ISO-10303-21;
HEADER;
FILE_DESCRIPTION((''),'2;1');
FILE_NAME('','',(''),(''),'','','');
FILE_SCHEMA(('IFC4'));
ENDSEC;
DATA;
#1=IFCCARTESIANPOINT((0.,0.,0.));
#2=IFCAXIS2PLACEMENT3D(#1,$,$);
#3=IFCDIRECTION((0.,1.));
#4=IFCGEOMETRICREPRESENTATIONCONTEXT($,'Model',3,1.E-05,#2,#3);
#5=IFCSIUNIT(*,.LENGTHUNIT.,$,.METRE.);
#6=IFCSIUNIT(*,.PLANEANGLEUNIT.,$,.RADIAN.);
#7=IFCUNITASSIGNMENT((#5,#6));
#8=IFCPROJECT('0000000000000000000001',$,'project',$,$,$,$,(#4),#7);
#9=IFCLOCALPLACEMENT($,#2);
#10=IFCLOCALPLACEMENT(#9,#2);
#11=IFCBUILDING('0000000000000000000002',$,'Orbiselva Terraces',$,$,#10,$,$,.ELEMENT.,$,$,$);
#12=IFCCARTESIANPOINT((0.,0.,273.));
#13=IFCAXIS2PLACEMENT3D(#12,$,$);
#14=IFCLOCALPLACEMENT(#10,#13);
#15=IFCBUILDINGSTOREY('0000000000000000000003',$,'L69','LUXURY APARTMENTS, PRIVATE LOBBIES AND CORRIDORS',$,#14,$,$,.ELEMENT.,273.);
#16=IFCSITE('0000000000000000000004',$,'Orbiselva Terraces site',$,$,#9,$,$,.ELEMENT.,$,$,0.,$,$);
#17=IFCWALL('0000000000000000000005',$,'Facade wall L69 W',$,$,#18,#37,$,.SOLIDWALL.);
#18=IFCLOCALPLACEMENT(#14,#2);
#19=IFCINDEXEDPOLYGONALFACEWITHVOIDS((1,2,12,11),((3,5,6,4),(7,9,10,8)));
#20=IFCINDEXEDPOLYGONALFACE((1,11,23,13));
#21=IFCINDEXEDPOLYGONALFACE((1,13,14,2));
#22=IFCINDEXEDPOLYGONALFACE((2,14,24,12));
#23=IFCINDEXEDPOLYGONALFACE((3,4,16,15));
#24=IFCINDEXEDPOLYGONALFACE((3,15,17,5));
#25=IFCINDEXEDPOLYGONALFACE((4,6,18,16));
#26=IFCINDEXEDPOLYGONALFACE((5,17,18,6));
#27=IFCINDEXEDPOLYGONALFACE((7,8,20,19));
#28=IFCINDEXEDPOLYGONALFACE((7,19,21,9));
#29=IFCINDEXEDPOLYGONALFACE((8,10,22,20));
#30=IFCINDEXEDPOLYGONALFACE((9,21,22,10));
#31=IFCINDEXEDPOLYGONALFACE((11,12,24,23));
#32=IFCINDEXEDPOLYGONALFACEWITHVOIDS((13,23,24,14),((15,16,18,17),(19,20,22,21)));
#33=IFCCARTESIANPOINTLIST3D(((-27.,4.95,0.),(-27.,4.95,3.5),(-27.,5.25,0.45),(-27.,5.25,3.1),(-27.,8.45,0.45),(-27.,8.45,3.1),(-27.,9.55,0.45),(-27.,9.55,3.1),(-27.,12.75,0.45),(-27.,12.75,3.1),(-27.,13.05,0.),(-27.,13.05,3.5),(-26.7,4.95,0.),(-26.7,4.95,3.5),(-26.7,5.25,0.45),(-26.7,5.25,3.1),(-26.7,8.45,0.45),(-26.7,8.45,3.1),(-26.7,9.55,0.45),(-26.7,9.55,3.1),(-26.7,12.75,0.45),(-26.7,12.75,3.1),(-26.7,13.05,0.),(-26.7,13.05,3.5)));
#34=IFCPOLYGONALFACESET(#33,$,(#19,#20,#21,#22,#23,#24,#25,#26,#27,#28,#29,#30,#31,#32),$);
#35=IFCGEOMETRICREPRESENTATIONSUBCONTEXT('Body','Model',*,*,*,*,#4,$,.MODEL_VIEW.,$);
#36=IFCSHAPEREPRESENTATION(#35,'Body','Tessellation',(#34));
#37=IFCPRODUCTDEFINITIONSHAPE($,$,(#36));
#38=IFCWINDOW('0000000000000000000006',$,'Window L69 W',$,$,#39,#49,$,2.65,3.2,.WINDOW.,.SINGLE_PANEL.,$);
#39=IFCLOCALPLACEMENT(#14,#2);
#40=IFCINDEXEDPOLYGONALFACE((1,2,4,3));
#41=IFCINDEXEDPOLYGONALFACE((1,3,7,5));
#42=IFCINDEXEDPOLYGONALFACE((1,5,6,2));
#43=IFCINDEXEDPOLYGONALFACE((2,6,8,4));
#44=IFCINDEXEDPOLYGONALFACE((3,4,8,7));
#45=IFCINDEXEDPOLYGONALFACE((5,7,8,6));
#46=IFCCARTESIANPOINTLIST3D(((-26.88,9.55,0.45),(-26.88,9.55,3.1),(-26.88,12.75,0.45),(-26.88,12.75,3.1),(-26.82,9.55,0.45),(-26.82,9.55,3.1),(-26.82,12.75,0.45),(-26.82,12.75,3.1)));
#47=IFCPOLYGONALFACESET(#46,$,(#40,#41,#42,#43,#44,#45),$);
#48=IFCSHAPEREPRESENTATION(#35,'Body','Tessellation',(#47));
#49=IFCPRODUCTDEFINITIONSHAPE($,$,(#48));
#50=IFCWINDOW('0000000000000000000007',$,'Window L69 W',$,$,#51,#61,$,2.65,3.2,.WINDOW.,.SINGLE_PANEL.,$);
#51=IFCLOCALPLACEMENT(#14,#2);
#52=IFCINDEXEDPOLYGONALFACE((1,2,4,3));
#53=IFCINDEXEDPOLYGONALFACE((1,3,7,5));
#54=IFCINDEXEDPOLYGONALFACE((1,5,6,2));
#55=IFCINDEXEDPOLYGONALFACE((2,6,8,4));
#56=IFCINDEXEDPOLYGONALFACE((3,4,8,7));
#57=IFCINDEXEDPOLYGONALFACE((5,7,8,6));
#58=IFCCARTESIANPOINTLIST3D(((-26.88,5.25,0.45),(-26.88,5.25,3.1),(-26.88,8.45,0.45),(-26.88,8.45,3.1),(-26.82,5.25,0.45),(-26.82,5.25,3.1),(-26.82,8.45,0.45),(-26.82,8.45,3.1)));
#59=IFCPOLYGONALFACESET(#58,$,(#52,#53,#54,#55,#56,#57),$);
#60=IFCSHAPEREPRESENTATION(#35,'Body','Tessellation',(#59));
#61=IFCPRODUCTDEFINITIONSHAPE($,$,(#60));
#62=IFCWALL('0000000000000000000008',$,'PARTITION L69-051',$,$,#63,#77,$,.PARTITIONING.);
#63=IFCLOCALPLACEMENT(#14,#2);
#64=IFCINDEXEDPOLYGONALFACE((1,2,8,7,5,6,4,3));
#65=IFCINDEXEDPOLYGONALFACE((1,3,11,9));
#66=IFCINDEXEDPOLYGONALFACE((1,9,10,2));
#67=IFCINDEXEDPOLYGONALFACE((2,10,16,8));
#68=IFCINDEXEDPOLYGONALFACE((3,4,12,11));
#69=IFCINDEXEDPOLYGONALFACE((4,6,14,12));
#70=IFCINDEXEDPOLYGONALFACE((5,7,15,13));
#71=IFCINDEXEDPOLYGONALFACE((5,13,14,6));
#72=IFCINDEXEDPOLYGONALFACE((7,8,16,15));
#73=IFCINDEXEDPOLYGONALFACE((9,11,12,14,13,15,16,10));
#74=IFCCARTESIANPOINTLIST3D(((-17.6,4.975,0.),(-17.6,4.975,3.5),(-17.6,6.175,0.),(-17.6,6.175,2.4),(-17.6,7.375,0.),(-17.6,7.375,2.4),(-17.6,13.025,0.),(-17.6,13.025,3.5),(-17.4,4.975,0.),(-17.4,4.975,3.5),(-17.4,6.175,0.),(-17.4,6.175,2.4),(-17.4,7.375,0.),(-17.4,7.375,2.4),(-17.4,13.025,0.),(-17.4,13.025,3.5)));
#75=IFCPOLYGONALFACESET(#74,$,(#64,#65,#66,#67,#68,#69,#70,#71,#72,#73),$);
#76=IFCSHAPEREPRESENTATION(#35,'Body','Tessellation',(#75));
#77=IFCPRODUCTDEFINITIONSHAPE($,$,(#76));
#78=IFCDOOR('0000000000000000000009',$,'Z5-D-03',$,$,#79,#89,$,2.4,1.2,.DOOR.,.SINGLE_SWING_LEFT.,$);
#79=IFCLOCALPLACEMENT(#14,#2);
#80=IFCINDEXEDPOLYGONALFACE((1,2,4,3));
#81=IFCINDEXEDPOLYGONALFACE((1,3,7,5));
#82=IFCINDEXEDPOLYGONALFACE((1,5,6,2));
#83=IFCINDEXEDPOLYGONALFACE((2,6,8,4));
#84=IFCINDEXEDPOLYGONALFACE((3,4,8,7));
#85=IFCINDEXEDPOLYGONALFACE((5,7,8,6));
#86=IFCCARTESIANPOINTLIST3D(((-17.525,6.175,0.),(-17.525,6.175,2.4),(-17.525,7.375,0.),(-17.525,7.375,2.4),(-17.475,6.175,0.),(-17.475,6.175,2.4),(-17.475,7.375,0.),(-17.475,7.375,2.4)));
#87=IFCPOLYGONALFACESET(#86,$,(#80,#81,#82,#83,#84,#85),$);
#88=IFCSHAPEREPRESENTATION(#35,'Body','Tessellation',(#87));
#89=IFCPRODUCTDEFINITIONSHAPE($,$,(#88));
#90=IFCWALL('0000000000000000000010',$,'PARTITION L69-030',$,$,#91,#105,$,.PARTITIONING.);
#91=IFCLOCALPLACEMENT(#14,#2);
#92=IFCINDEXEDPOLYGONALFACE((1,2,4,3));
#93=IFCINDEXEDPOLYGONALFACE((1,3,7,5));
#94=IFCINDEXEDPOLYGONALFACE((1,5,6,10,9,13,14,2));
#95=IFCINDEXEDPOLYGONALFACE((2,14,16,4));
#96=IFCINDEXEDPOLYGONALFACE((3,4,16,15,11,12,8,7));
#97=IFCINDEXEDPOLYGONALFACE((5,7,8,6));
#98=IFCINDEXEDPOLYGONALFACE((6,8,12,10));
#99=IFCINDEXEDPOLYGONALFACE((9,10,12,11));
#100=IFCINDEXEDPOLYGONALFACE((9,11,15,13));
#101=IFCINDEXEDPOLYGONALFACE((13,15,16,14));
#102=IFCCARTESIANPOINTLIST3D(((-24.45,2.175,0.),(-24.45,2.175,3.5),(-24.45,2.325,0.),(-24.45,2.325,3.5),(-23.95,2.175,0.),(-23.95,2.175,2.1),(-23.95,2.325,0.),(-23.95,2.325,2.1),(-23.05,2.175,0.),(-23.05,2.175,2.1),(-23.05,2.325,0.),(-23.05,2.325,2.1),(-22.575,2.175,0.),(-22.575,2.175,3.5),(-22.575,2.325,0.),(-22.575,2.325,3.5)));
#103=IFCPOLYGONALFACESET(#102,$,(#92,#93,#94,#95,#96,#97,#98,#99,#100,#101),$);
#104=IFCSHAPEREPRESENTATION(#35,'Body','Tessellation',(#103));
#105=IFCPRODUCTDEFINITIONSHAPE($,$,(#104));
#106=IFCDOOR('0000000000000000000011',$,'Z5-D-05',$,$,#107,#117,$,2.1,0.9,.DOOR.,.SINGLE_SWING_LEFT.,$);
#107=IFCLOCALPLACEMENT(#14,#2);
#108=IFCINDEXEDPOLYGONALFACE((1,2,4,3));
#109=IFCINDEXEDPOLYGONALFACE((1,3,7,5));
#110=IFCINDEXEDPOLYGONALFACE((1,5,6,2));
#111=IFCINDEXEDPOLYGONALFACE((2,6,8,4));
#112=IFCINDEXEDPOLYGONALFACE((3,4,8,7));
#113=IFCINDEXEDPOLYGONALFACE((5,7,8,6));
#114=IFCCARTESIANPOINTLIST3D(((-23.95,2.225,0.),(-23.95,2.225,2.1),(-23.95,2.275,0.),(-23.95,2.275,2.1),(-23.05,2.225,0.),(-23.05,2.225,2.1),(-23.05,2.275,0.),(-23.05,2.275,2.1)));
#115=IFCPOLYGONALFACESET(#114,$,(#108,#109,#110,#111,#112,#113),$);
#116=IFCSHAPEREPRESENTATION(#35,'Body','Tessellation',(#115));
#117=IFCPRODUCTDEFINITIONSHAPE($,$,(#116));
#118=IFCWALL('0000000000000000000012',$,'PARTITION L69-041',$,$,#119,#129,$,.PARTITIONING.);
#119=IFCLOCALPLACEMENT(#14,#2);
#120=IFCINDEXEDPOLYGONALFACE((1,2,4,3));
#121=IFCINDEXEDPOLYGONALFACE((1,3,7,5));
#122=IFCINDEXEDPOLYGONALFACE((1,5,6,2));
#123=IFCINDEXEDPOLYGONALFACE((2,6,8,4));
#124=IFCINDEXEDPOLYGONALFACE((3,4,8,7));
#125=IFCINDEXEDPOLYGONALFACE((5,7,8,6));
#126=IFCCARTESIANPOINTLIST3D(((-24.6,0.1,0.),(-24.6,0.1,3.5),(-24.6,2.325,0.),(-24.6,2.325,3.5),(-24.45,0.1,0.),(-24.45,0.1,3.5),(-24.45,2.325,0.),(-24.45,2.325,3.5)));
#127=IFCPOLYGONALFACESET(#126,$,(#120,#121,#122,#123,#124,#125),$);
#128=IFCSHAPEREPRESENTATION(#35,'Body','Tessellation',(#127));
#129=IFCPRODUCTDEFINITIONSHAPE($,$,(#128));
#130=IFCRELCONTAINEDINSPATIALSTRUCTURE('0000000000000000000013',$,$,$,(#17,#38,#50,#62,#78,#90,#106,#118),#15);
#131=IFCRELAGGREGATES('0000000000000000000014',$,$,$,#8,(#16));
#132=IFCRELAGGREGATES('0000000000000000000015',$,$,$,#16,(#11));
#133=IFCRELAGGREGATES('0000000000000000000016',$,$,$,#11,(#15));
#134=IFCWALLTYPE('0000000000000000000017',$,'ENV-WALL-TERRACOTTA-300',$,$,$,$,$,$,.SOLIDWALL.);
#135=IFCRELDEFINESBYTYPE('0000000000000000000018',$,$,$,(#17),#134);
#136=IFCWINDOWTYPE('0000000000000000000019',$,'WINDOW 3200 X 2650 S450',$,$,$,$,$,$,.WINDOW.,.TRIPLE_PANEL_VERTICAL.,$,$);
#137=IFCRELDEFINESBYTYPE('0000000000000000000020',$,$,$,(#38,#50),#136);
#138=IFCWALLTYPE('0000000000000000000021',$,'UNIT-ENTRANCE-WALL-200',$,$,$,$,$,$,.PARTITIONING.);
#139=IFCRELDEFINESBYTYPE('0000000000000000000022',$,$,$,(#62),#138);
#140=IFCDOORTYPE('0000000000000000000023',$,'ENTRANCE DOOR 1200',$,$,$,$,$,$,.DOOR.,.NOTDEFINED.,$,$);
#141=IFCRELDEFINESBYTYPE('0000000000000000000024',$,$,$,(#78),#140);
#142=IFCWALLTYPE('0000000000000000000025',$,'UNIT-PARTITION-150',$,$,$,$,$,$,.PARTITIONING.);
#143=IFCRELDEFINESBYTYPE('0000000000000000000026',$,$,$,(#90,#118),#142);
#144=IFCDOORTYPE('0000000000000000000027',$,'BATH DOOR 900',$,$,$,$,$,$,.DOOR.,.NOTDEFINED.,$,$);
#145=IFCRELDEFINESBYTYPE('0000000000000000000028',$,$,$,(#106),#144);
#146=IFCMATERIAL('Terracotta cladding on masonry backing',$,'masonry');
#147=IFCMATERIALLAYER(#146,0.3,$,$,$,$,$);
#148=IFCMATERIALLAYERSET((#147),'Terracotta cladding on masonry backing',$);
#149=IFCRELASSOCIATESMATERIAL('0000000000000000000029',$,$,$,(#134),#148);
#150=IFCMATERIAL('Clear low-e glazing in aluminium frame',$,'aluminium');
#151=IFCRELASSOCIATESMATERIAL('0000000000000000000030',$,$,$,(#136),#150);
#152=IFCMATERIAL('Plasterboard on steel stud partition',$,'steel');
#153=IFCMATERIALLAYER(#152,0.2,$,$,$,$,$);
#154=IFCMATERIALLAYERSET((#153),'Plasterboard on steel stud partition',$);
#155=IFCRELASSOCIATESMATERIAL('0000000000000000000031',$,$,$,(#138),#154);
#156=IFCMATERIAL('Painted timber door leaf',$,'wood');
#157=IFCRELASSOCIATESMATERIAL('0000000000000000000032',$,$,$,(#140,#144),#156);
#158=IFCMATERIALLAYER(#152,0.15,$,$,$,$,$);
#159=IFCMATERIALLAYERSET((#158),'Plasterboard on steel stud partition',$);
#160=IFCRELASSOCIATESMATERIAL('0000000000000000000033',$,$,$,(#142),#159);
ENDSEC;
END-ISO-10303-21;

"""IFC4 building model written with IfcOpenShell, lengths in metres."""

from ifc_helpers import new_model, si_unit, direction, frame, frame_2d, origin, place, context, subcontext, project, spatial, rectangle, extrude, material, layer, layer_set, type_object, element, fill, save


model = new_model("IFC4")

# Units and contexts
model_context = context("Model", 3, precision=1e-05, world=origin(), true_north=direction((0.0, 1.0)))
body_context = subcontext(model_context, "Body", "Model", "MODEL_VIEW")
ifc_project = project(units=[si_unit("LENGTHUNIT", "METRE"), si_unit("PLANEANGLEUNIT", "RADIAN")], contexts=[model_context])

# Site, building, storey
site_placement = place(None, origin())
site = spatial("IfcSite", under=ifc_project, at=site_placement, Name="Orbiselva Terraces site", CompositionType="ELEMENT", RefElevation=0.0)
building_placement = place(site_placement, origin())
building = spatial("IfcBuilding", under=site, at=building_placement, Name="Orbiselva Terraces", CompositionType="ELEMENT")
storey_placement = place(building_placement, frame((0.0, 0.0, 273.0)))
storey = spatial("IfcBuildingStorey", under=building, at=storey_placement, Name="L69", Description="LUXURY APARTMENTS, PRIVATE LOBBIES AND CORRIDORS", CompositionType="ELEMENT", Elevation=273.0)

# Wall, openings, windows
ifc_material_1 = material(Name="Terracotta cladding on masonry backing", Category="masonry")
ifc_layer_1 = layer(ifc_material_1, 0.3)
ifc_layer_set_1 = layer_set([ifc_layer_1], Name="Terracotta cladding on masonry backing")
wall_type_1 = type_object("IfcWallType", Name="ENV-WALL-TERRACOTTA-300", PredefinedType="SOLIDWALL", material=ifc_layer_set_1)
wall_1_placement = place(storey_placement, frame((-26.85, 4.95, 0.0), z_axis=(0.0, 0.0, 1.0), x_axis=(0.0, 1.0, 0.0)))
wall_1 = element("IfcWall", 1, at=wall_1_placement, inside=storey, type_object=wall_type_1, Name="Facade wall L69 W", PredefinedType="SOLIDWALL", context=body_context, shape_type="SweptSolid", body=[
    extrude(rectangle(XDim=8.1, YDim=0.3, at=frame_2d((4.05, 0.0))), origin(), (0.0, 0.0, 1.0), 3.5),
])
opening_1_placement = place(wall_1_placement, frame((4.6, 0.0, 0.45)))
opening_1 = element("IfcOpeningElement", 2, at=opening_1_placement, cuts=wall_1, PredefinedType="OPENING", context=body_context, shape_type="SweptSolid", body=[
    extrude(rectangle(XDim=3.2, YDim=2.65, at=frame_2d((1.6, 1.325))), frame((0.0, 0.16, 0.0), z_axis=(0.0, -1.0, 0.0), x_axis=(1.0, 0.0, 0.0)), (0.0, 0.0, 1.0), 0.32),
])
opening_2_placement = place(wall_1_placement, frame((0.3, 0.0, 0.45)))
opening_2 = element("IfcOpeningElement", 3, at=opening_2_placement, cuts=wall_1, PredefinedType="OPENING", context=body_context, shape_type="SweptSolid", body=[
    extrude(rectangle(XDim=3.2, YDim=2.65, at=frame_2d((1.6, 1.325))), frame((0.0, 0.16, 0.0), z_axis=(0.0, -1.0, 0.0), x_axis=(1.0, 0.0, 0.0)), (0.0, 0.0, 1.0), 0.32),
])
ifc_material_2 = material(Name="Clear low-e glazing in aluminium frame", Category="aluminium")
window_type = type_object("IfcWindowType", Name="WINDOW 3200 X 2650 S450", PartitioningType="TRIPLE_PANEL_VERTICAL", PredefinedType="WINDOW", material=ifc_material_2)
window_1_placement = place(opening_1_placement, origin())
window_1 = element("IfcWindow", 4, at=window_1_placement, inside=storey, type_object=window_type, Name="Window L69 W", OverallHeight=2.65, OverallWidth=3.2, PartitioningType="SINGLE_PANEL", PredefinedType="WINDOW", context=body_context, shape_type="SweptSolid", body=[
    extrude(rectangle(XDim=3.2, YDim=2.65, at=frame_2d((1.6, 1.325))), frame((0.0, 0.03, 0.0), z_axis=(0.0, -1.0, 0.0), x_axis=(1.0, 0.0, 0.0)), (0.0, 0.0, 1.0), 0.06),
])
fill(opening_1, window_1)
window_2_placement = place(opening_2_placement, origin())
window_2 = element("IfcWindow", 5, at=window_2_placement, inside=storey, type_object=window_type, Name="Window L69 W", OverallHeight=2.65, OverallWidth=3.2, PartitioningType="SINGLE_PANEL", PredefinedType="WINDOW", context=body_context, shape_type="SweptSolid", body=[
    extrude(rectangle(XDim=3.2, YDim=2.65, at=frame_2d((1.6, 1.325))), frame((0.0, 0.03, 0.0), z_axis=(0.0, -1.0, 0.0), x_axis=(1.0, 0.0, 0.0)), (0.0, 0.0, 1.0), 0.06),
])
fill(opening_2, window_2)

# Walls, openings, doors
ifc_material_3 = material(Name="Plasterboard on steel stud partition", Category="steel")
ifc_layer_2 = layer(ifc_material_3, 0.2)
ifc_layer_set_2 = layer_set([ifc_layer_2], Name="Plasterboard on steel stud partition")
wall_type_2 = type_object("IfcWallType", Name="UNIT-ENTRANCE-WALL-200", PredefinedType="PARTITIONING", material=ifc_layer_set_2)
wall_2_placement = place(storey_placement, frame((-17.5, 4.975, 0.0), z_axis=(0.0, 0.0, 1.0), x_axis=(0.0, 1.0, 0.0)))
wall_2 = element("IfcWall", 6, at=wall_2_placement, inside=storey, type_object=wall_type_2, Name="PARTITION L69-051", PredefinedType="PARTITIONING", context=body_context, shape_type="SweptSolid", body=[
    extrude(rectangle(XDim=8.05, YDim=0.2, at=frame_2d((4.025, 0.0))), origin(), (0.0, 0.0, 1.0), 3.5),
])
opening_3_placement = place(wall_2_placement, frame((1.2, 0.0, 0.0)))
opening_3 = element("IfcOpeningElement", 7, at=opening_3_placement, cuts=wall_2, PredefinedType="OPENING", context=body_context, shape_type="SweptSolid", body=[
    extrude(rectangle(XDim=1.2, YDim=2.4, at=frame_2d((0.6, 1.2))), frame((0.0, 0.11, 0.0), z_axis=(0.0, -1.0, 0.0), x_axis=(1.0, 0.0, 0.0)), (0.0, 0.0, 1.0), 0.22),
])
ifc_material_4 = material(Name="Painted timber door leaf", Category="wood")
door_type_1 = type_object("IfcDoorType", Name="ENTRANCE DOOR 1200", OperationType="NOTDEFINED", PredefinedType="DOOR", material=ifc_material_4)
door_1_placement = place(opening_3_placement, origin())
door_1 = element("IfcDoor", 8, at=door_1_placement, inside=storey, type_object=door_type_1, Name="Z5-D-03", OperationType="SINGLE_SWING_LEFT", OverallHeight=2.4, OverallWidth=1.2, PredefinedType="DOOR", context=body_context, shape_type="SweptSolid", body=[
    extrude(rectangle(XDim=1.2, YDim=2.4, at=frame_2d((0.6, 1.2))), frame((0.0, 0.025, 0.0), z_axis=(0.0, -1.0, 0.0), x_axis=(1.0, 0.0, 0.0)), (0.0, 0.0, 1.0), 0.05),
])
fill(opening_3, door_1)
ifc_layer_3 = layer(ifc_material_3, 0.15)
ifc_layer_set_3 = layer_set([ifc_layer_3], Name="Plasterboard on steel stud partition")
wall_type_3 = type_object("IfcWallType", Name="UNIT-PARTITION-150", PredefinedType="PARTITIONING", material=ifc_layer_set_3)
wall_3_placement = place(storey_placement, frame((-22.575, 2.25, 0.0), z_axis=(0.0, 0.0, 1.0), x_axis=(-1.0, 0.0, 0.0)))
wall_3 = element("IfcWall", 9, at=wall_3_placement, inside=storey, type_object=wall_type_3, Name="PARTITION L69-030", PredefinedType="PARTITIONING", context=body_context, shape_type="SweptSolid", body=[
    extrude(rectangle(XDim=1.875, YDim=0.15, at=frame_2d((0.9375, 0.0))), origin(), (0.0, 0.0, 1.0), 3.5),
])
opening_4_placement = place(wall_3_placement, frame((0.475, 0.0, 0.0)))
opening_4 = element("IfcOpeningElement", 10, at=opening_4_placement, cuts=wall_3, PredefinedType="OPENING", context=body_context, shape_type="SweptSolid", body=[
    extrude(rectangle(XDim=0.9, YDim=2.1, at=frame_2d((0.45, 1.05))), frame((0.0, 0.085, 0.0), z_axis=(0.0, -1.0, 0.0), x_axis=(1.0, 0.0, 0.0)), (0.0, 0.0, 1.0), 0.17),
])
door_type_2 = type_object("IfcDoorType", Name="BATH DOOR 900", OperationType="NOTDEFINED", PredefinedType="DOOR", material=ifc_material_4)
door_2_placement = place(opening_4_placement, origin())
door_2 = element("IfcDoor", 11, at=door_2_placement, inside=storey, type_object=door_type_2, Name="Z5-D-05", OperationType="SINGLE_SWING_LEFT", OverallHeight=2.1, OverallWidth=0.9, PredefinedType="DOOR", context=body_context, shape_type="SweptSolid", body=[
    extrude(rectangle(XDim=0.9, YDim=2.1, at=frame_2d((0.45, 1.05))), frame((0.0, 0.025, 0.0), z_axis=(0.0, -1.0, 0.0), x_axis=(1.0, 0.0, 0.0)), (0.0, 0.0, 1.0), 0.05),
])
fill(opening_4, door_2)

# Wall
wall_4_placement = place(storey_placement, frame((-24.525, 0.1, 0.0), z_axis=(0.0, 0.0, 1.0), x_axis=(0.0, 1.0, 0.0)))
element("IfcWall", 12, at=wall_4_placement, inside=storey, type_object=wall_type_3, Name="PARTITION L69-041", PredefinedType="PARTITIONING", context=body_context, shape_type="SweptSolid", body=[
    extrude(rectangle(XDim=2.225, YDim=0.15, at=frame_2d((1.1125, 0.0))), origin(), (0.0, 0.0, 1.0), 3.5),
])

save(model, "model.ifc")
